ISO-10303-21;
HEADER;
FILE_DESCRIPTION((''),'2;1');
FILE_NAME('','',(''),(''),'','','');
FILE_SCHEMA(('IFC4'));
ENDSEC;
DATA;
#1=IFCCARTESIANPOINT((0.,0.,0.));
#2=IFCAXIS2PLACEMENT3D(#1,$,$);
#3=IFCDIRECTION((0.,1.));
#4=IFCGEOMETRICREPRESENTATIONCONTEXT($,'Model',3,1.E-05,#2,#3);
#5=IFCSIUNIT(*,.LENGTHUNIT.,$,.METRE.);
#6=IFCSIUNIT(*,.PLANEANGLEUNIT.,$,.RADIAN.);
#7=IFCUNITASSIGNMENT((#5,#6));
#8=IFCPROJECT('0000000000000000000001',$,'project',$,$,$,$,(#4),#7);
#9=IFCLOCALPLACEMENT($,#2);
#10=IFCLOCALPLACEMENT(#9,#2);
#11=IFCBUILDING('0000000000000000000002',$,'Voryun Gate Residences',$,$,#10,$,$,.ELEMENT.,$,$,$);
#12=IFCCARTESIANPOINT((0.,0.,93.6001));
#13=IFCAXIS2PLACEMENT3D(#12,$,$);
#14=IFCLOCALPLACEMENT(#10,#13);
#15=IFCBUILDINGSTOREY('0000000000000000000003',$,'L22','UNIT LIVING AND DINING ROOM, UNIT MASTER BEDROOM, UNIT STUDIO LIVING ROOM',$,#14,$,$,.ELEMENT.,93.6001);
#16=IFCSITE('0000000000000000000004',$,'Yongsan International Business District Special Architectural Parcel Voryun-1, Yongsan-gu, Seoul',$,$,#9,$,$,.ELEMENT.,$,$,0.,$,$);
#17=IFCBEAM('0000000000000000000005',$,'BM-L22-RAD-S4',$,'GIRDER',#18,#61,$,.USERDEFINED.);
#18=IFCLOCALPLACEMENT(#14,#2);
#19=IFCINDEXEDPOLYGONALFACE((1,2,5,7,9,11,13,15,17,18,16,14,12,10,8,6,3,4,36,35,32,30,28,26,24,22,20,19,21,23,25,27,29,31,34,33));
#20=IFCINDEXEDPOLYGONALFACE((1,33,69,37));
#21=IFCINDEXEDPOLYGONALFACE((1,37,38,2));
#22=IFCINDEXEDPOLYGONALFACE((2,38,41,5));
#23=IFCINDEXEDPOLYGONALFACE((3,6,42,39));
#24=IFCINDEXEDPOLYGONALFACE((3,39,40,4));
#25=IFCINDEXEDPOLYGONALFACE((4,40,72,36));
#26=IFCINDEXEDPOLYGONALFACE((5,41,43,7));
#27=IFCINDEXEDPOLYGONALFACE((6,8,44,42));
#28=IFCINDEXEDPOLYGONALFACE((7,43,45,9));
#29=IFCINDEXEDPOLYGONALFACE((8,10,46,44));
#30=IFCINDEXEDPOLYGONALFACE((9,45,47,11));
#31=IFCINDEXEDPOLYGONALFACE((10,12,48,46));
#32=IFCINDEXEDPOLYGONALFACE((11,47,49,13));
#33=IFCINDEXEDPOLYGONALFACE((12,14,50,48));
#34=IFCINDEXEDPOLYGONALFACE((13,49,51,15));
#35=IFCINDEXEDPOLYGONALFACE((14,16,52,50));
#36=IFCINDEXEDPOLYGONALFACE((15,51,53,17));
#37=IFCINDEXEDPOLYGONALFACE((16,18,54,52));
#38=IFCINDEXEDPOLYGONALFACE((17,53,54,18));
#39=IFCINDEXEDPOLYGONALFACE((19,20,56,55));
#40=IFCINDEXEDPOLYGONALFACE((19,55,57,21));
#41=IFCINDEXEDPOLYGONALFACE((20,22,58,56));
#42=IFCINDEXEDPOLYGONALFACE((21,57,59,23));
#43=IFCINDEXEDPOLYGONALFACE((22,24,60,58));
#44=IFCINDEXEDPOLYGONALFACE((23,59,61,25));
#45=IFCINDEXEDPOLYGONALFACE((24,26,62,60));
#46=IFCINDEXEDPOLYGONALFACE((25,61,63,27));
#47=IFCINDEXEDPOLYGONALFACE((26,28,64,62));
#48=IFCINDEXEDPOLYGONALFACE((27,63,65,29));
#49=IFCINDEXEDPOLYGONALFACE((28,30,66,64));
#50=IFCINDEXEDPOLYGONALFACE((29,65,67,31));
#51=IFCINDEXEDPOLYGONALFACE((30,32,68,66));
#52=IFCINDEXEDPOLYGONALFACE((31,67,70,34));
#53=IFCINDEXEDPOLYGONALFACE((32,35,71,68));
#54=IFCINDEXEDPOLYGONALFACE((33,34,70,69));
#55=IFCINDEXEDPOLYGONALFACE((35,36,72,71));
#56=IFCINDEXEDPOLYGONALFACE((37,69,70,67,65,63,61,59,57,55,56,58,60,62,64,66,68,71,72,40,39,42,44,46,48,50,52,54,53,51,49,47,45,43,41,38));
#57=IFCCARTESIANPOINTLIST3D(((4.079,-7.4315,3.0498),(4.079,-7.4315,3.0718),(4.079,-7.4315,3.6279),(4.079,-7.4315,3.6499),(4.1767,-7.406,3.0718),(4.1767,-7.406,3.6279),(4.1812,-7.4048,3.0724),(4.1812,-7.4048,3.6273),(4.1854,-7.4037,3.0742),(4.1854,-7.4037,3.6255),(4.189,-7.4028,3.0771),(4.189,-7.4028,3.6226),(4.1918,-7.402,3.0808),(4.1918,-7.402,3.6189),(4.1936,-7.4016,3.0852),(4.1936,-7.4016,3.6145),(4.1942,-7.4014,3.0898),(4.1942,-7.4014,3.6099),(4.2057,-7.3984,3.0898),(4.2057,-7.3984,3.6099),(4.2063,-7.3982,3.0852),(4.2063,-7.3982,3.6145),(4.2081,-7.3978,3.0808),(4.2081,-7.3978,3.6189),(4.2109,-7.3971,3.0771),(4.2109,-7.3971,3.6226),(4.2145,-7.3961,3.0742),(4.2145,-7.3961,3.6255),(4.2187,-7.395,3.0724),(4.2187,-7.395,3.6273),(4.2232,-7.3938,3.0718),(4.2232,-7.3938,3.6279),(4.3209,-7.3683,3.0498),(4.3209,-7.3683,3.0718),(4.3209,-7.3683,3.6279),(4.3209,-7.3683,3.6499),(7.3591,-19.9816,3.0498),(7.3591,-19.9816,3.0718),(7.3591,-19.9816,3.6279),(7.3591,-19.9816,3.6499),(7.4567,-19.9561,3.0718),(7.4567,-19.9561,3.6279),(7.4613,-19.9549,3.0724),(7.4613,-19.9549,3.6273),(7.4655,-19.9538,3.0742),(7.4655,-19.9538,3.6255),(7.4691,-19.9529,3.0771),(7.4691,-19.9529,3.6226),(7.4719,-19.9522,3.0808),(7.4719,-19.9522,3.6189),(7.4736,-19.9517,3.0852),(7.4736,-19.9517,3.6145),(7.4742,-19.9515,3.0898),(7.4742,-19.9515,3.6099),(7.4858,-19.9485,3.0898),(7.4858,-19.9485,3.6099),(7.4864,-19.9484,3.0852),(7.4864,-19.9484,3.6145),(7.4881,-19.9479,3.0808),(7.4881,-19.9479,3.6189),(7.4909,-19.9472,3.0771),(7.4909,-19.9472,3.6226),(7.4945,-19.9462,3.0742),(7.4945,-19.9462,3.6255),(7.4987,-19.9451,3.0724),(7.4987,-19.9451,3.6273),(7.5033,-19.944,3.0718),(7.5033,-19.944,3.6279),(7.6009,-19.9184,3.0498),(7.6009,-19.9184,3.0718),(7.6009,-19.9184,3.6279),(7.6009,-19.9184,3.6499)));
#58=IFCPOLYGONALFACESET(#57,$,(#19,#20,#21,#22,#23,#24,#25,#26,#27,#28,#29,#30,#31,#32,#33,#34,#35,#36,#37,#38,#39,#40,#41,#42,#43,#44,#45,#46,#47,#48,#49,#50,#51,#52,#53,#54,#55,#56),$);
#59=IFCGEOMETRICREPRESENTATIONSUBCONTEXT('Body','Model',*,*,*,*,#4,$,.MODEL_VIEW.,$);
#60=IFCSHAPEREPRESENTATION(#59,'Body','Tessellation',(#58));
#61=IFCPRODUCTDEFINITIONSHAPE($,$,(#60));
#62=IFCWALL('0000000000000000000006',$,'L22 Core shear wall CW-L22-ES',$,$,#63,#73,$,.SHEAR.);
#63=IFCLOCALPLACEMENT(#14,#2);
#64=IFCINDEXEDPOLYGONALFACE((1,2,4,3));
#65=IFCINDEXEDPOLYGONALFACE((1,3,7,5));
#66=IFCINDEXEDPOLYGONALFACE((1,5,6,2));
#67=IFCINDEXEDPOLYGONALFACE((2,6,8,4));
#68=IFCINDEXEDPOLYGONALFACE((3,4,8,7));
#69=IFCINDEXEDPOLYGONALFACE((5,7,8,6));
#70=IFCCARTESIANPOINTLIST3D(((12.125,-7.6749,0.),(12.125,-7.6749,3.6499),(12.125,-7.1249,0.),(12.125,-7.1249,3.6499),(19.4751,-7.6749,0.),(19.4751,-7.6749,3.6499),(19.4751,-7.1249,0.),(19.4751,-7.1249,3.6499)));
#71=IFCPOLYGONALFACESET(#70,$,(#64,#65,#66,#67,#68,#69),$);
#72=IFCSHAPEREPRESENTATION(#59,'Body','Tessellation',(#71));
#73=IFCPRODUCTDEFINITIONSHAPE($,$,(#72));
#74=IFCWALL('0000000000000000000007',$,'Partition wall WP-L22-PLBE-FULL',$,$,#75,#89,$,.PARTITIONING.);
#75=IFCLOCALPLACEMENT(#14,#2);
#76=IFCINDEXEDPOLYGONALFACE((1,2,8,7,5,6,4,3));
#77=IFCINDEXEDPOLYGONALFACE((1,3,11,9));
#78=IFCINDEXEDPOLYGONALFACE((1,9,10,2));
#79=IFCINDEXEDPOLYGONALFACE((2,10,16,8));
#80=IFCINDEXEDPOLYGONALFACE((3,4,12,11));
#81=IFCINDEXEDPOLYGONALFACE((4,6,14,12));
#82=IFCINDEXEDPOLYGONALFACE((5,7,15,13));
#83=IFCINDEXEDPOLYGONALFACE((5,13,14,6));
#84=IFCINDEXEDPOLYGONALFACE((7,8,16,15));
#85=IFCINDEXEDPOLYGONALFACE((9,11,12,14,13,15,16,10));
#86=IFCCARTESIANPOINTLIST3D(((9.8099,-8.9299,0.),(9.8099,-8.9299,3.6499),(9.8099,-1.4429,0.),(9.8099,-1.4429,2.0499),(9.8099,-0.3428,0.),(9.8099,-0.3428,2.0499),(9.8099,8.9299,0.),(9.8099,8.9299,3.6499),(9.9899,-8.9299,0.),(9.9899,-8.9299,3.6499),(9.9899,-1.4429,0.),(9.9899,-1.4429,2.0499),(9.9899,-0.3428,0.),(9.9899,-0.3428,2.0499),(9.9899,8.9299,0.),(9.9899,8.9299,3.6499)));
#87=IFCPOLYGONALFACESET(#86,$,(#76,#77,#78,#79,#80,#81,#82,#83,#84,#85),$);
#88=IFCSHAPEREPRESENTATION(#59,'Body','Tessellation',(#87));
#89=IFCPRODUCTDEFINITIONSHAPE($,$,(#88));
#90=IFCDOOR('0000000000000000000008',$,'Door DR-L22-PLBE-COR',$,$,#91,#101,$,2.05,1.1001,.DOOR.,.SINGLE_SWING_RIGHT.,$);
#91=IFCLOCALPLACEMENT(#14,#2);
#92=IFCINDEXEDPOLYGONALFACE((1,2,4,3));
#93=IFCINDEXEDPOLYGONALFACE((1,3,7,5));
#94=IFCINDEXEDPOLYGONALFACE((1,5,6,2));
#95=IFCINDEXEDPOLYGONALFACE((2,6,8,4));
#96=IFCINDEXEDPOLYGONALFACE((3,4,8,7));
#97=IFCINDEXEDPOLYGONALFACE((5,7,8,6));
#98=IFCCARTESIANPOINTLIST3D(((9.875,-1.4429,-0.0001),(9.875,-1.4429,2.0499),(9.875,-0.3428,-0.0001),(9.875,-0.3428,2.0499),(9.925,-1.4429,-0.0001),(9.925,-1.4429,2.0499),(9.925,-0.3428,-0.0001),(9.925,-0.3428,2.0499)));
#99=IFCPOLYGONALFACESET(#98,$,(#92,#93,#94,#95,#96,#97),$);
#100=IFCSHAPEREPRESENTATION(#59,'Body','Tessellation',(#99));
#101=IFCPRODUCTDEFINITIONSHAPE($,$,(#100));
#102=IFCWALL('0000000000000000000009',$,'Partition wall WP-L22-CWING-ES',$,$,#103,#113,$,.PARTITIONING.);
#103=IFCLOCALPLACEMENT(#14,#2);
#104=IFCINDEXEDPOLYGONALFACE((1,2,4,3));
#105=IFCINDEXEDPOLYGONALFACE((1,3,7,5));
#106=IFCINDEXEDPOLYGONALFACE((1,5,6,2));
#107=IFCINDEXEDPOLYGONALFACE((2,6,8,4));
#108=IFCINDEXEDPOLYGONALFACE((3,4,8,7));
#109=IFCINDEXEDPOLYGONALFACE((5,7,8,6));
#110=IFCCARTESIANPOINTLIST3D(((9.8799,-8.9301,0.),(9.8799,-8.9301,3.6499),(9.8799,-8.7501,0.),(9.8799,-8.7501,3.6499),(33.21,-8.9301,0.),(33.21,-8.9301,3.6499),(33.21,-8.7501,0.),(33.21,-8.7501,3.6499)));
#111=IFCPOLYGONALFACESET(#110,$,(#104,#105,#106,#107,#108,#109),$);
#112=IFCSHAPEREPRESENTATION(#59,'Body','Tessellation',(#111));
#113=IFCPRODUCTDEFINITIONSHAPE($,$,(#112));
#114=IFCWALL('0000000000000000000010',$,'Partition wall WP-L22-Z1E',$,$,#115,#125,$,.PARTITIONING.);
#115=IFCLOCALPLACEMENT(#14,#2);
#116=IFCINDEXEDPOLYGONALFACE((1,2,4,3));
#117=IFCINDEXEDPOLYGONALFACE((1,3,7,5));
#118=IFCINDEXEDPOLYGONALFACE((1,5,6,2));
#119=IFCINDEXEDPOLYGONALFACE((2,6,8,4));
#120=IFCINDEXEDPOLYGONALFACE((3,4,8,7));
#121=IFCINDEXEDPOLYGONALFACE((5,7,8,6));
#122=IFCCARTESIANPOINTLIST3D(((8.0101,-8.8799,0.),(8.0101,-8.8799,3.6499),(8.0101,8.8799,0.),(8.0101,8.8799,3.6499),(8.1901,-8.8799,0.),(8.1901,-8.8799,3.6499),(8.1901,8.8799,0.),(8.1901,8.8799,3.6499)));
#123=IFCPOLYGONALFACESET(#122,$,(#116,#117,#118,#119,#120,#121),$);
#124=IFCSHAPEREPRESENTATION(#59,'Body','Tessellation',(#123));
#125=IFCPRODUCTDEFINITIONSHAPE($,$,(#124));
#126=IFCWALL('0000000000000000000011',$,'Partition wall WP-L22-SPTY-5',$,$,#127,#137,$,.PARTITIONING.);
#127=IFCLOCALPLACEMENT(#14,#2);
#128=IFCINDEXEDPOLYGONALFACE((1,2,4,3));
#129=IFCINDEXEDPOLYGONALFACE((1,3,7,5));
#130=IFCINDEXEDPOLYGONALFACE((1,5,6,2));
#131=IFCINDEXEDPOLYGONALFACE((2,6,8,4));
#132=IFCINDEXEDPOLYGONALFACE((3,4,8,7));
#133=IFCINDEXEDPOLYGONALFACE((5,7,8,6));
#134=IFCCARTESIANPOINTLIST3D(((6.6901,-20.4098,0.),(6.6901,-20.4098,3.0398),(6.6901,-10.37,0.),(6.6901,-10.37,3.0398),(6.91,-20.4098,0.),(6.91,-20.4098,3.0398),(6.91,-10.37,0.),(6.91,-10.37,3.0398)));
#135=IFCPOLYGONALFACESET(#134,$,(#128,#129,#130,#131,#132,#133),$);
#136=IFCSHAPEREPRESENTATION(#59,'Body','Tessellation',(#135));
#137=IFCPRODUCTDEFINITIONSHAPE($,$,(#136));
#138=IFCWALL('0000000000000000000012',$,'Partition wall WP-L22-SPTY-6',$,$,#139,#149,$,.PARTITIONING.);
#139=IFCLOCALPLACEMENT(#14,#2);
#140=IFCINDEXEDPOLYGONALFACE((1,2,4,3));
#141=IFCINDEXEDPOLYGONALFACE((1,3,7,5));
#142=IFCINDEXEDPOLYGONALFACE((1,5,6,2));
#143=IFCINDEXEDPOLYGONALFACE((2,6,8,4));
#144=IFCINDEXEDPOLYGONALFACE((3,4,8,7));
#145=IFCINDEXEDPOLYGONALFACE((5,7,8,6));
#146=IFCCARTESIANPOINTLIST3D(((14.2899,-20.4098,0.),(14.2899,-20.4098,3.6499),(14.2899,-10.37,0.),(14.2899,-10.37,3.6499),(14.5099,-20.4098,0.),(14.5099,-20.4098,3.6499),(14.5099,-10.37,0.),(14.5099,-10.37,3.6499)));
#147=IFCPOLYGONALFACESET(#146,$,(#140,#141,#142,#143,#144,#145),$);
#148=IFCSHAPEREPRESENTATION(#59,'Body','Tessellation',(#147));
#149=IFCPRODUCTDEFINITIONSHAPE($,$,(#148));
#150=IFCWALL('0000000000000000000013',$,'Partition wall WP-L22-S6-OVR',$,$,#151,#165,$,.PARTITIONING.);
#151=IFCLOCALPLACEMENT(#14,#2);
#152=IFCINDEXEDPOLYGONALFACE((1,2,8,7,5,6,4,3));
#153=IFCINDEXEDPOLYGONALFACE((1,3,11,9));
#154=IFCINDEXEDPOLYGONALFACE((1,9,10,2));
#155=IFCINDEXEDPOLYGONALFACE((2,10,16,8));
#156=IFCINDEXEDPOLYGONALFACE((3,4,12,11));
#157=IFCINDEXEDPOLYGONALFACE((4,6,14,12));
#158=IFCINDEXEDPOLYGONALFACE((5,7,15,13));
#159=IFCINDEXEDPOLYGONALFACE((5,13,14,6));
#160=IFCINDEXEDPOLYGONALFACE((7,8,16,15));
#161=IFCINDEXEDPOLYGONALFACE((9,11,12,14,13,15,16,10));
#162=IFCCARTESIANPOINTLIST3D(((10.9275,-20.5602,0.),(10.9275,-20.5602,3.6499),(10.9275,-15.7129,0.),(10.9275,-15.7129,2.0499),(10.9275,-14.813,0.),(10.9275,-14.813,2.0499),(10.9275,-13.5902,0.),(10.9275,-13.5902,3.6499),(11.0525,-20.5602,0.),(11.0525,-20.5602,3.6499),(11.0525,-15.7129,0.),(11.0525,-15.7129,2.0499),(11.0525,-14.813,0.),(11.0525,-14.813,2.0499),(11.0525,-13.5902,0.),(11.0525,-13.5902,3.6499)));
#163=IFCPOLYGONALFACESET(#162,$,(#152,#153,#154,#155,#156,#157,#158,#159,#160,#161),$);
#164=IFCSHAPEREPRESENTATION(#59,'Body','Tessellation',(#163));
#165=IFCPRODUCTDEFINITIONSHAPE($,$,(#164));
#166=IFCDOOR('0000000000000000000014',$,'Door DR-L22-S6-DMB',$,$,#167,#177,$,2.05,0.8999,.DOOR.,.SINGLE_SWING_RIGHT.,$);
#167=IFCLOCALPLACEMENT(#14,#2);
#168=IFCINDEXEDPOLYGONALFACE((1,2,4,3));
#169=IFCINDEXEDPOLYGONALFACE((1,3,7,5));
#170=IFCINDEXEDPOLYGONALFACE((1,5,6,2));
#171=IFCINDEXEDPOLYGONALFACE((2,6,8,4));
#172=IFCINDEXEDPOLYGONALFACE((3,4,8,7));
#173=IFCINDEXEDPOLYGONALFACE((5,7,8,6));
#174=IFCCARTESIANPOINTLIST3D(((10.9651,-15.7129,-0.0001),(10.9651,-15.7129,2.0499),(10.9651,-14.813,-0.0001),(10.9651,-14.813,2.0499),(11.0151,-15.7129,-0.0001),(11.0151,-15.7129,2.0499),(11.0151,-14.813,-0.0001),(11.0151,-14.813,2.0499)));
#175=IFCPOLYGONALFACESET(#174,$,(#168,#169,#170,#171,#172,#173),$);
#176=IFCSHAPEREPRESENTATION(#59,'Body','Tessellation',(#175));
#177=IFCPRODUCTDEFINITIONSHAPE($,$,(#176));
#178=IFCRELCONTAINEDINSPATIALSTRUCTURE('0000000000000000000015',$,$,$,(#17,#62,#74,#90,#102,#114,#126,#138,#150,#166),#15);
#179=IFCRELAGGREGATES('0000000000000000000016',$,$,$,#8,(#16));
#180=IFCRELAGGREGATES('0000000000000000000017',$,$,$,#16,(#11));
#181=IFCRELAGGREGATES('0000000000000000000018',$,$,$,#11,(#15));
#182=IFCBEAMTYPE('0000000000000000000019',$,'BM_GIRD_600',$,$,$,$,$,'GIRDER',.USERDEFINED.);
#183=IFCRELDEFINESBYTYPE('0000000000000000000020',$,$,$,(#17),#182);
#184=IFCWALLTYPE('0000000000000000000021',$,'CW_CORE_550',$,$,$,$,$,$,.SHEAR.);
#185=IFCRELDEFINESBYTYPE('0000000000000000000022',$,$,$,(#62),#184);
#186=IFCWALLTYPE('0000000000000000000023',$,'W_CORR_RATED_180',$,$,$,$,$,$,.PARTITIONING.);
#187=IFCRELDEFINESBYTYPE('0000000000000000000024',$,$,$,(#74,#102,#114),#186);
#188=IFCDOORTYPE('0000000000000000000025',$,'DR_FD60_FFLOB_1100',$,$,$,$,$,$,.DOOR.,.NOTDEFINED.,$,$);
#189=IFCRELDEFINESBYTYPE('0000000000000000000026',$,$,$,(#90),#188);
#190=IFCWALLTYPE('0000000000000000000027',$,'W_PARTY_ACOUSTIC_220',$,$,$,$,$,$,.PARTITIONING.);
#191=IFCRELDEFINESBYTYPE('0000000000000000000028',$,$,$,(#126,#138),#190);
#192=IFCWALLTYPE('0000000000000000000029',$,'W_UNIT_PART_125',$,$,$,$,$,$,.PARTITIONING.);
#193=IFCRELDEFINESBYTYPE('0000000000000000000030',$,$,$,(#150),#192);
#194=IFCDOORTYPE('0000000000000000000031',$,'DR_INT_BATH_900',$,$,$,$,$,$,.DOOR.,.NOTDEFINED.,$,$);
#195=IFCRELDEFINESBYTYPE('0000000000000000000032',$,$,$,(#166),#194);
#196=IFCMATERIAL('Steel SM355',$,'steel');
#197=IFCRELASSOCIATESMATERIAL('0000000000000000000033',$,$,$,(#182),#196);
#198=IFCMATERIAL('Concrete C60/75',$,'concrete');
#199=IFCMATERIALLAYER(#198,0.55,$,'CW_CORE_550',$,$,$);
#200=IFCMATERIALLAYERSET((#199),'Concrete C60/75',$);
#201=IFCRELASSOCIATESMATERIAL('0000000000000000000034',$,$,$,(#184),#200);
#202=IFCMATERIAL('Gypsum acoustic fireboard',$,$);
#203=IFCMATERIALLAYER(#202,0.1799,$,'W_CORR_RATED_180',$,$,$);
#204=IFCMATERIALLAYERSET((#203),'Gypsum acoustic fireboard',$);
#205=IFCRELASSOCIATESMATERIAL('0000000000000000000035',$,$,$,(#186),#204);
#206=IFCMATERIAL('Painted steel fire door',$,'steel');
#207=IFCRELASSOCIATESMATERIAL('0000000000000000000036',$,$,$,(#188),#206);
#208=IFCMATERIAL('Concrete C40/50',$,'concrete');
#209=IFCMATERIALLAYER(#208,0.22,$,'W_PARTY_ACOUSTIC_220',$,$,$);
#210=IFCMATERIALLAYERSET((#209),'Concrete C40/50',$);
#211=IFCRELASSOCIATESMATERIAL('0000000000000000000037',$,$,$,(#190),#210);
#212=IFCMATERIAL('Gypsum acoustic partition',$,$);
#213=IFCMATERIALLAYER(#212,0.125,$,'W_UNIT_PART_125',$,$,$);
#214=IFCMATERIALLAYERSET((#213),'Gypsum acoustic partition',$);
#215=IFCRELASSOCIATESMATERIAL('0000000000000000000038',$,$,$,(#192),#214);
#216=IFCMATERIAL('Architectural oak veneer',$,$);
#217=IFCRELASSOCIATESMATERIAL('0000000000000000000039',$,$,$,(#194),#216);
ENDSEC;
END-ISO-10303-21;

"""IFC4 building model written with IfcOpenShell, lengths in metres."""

from ifc_helpers import new_model, si_unit, direction, frame, frame_2d, origin, origin_2d, place, context, subcontext, project, spatial, rectangle, i_section, extrude, material, layer, layer_set, material_profile, profile_set, type_object, element, fill, save


model = new_model("IFC4")

# Units and contexts
model_context = context("Model", 3, precision=1e-05, world=origin(), true_north=direction((0.0, 1.0)))
body_context = subcontext(model_context, "Body", "Model", "MODEL_VIEW")
ifc_project = project(units=[si_unit("LENGTHUNIT", "METRE"), si_unit("PLANEANGLEUNIT", "RADIAN")], contexts=[model_context])

# Site, building, storey
site_placement = place(None, origin())
site = spatial("IfcSite", under=ifc_project, at=site_placement, Name="Yongsan International Business District Special Architectural Parcel Voryun-1, Yongsan-gu, Seoul", CompositionType="ELEMENT", RefElevation=0.0)
building_placement = place(site_placement, origin())
building = spatial("IfcBuilding", under=site, at=building_placement, Name="Voryun Gate Residences", CompositionType="ELEMENT")
storey_placement = place(building_placement, frame((0.0, 0.0, 93.6001)))
storey = spatial("IfcBuildingStorey", under=building, at=storey_placement, Name="L22", Description="UNIT LIVING AND DINING ROOM, UNIT MASTER BEDROOM, UNIT STUDIO LIVING ROOM", CompositionType="ELEMENT", Elevation=93.6001)

# Beam
ifc_material_1 = material(Name="Steel SM355", Category="steel")
ifc_material_profile_1 = material_profile(ifc_material_1, i_section(OverallWidth=0.25, OverallDepth=0.6001, WebThickness=0.012, FlangeThickness=0.022, FilletRadius=0.0181, at=origin_2d()), Name="H-600x250x12x22")
ifc_profile_set_1 = profile_set([ifc_material_profile_1], Name="Steel SM355")
beam_type_1 = type_object("IfcBeamType", Name="BM_GIRD_600", ElementType="GIRDER", PredefinedType="USERDEFINED", material=ifc_profile_set_1)
beam_1_placement = place(storey_placement, frame((4.2, -7.3999, 3.3499), z_axis=(0.252862, -0.967502, 0.0), x_axis=(0.967502, 0.252862, 0.0)))
element("IfcBeam", 1, at=beam_1_placement, inside=storey, type_object=beam_type_1, Name="BM-L22-RAD-S4", ObjectType="GIRDER", PredefinedType="USERDEFINED", context=body_context, shape_type="SweptSolid", body=[
    extrude(i_section(OverallWidth=0.25, OverallDepth=0.6001, WebThickness=0.012, FlangeThickness=0.022, FilletRadius=0.0181, at=origin_2d()), origin(), (0.0, 0.0, 1.0), 12.9717),
])

# Wall
ifc_material_2 = material(Name="Concrete C60/75", Category="concrete")
ifc_layer_1 = layer(ifc_material_2, 0.55, Name="CW_CORE_550")
ifc_layer_set_1 = layer_set([ifc_layer_1], Name="Concrete C60/75")
wall_type_1 = type_object("IfcWallType", Name="CW_CORE_550", PredefinedType="SHEAR", material=ifc_layer_set_1)
wall_1_placement = place(storey_placement, frame((12.125, -7.3999, 0.0), z_axis=(0.0, 0.0, 1.0), x_axis=(1.0, 0.0, 0.0)))
element("IfcWall", 2, at=wall_1_placement, inside=storey, type_object=wall_type_1, Name="L22 Core shear wall CW-L22-ES", PredefinedType="SHEAR", context=body_context, shape_type="SweptSolid", body=[
    extrude(rectangle(XDim=7.3501, YDim=0.55, at=frame_2d((3.675, 0.0))), origin(), (0.0, 0.0, 1.0), 3.6499),
])

# Wall, opening, door
ifc_material_3 = material(Name="Gypsum acoustic fireboard")
ifc_layer_2 = layer(ifc_material_3, 0.1799, Name="W_CORR_RATED_180")
ifc_layer_set_2 = layer_set([ifc_layer_2], Name="Gypsum acoustic fireboard")
wall_type_2 = type_object("IfcWallType", Name="W_CORR_RATED_180", PredefinedType="PARTITIONING", material=ifc_layer_set_2)
wall_2_placement = place(storey_placement, frame((9.8999, -8.9299, 0.0), z_axis=(0.0, 0.0, 1.0), x_axis=(0.0, 1.0, 0.0)))
wall_2 = element("IfcWall", 3, at=wall_2_placement, inside=storey, type_object=wall_type_2, Name="Partition wall WP-L22-PLBE-FULL", PredefinedType="PARTITIONING", context=body_context, shape_type="SweptSolid", body=[
    extrude(rectangle(XDim=17.8599, YDim=0.1799, at=frame_2d((8.9299, 0.0))), origin(), (0.0, 0.0, 1.0), 3.6499),
])
opening_1_placement = place(wall_2_placement, frame((7.4871, 0.0, 0.0)))
opening_1 = element("IfcOpeningElement", 4, at=opening_1_placement, cuts=wall_2, PredefinedType="OPENING", context=body_context, shape_type="SweptSolid", body=[
    extrude(rectangle(XDim=1.1001, YDim=2.05, at=frame_2d((0.55, 1.0249))), frame((0.0, 0.0999, 0.0), z_axis=(0.0, -1.0, 0.0), x_axis=(1.0, 0.0, 0.0)), (0.0, 0.0, 1.0), 0.2),
])
ifc_material_4 = material(Name="Painted steel fire door", Category="steel")
door_type_1 = type_object("IfcDoorType", Name="DR_FD60_FFLOB_1100", OperationType="NOTDEFINED", PredefinedType="DOOR", material=ifc_material_4)
door_1_placement = place(opening_1_placement, origin())
door_1 = element("IfcDoor", 5, at=door_1_placement, inside=storey, type_object=door_type_1, Name="Door DR-L22-PLBE-COR", OperationType="SINGLE_SWING_RIGHT", OverallHeight=2.05, OverallWidth=1.1001, PredefinedType="DOOR", context=body_context, shape_type="SweptSolid", body=[
    extrude(rectangle(XDim=1.1001, YDim=2.05, at=frame_2d((0.55, 1.0249))), frame((0.0, 0.0249, 0.0), z_axis=(0.0, -1.0, 0.0), x_axis=(1.0, 0.0, 0.0)), (0.0, 0.0, 1.0), 0.05),
])
fill(opening_1, door_1)

# Walls
wall_3_placement = place(storey_placement, frame((9.8799, -8.8401, 0.0), z_axis=(0.0, 0.0, 1.0), x_axis=(1.0, 0.0, 0.0)))
element("IfcWall", 6, at=wall_3_placement, inside=storey, type_object=wall_type_2, Name="Partition wall WP-L22-CWING-ES", PredefinedType="PARTITIONING", context=body_context, shape_type="SweptSolid", body=[
    extrude(rectangle(XDim=23.3301, YDim=0.1799, at=frame_2d((11.665, 0.0))), origin(), (0.0, 0.0, 1.0), 3.6499),
])
wall_4_placement = place(storey_placement, frame((8.1001, -8.8799, 0.0), z_axis=(0.0, 0.0, 1.0), x_axis=(0.0, 1.0, 0.0)))
element("IfcWall", 7, at=wall_4_placement, inside=storey, type_object=wall_type_2, Name="Partition wall WP-L22-Z1E", PredefinedType="PARTITIONING", context=body_context, shape_type="SweptSolid", body=[
    extrude(rectangle(XDim=17.7598, YDim=0.1799, at=frame_2d((8.8799, 0.0))), origin(), (0.0, 0.0, 1.0), 3.6499),
])
ifc_material_5 = material(Name="Concrete C40/50", Category="concrete")
ifc_layer_3 = layer(ifc_material_5, 0.22, Name="W_PARTY_ACOUSTIC_220")
ifc_layer_set_3 = layer_set([ifc_layer_3], Name="Concrete C40/50")
wall_type_3 = type_object("IfcWallType", Name="W_PARTY_ACOUSTIC_220", PredefinedType="PARTITIONING", material=ifc_layer_set_3)
wall_5_placement = place(storey_placement, frame((6.8, -20.4099, 0.0), z_axis=(0.0, 0.0, 1.0), x_axis=(0.0, 1.0, 0.0)))
element("IfcWall", 8, at=wall_5_placement, inside=storey, type_object=wall_type_3, Name="Partition wall WP-L22-SPTY-5", PredefinedType="PARTITIONING", context=body_context, shape_type="SweptSolid", body=[
    extrude(rectangle(XDim=10.0398, YDim=0.22, at=frame_2d((5.02, 0.0))), origin(), (0.0, 0.0, 1.0), 3.0398),
])
wall_6_placement = place(storey_placement, frame((14.3999, -20.4099, 0.0), z_axis=(0.0, 0.0, 1.0), x_axis=(0.0, 1.0, 0.0)))
element("IfcWall", 9, at=wall_6_placement, inside=storey, type_object=wall_type_3, Name="Partition wall WP-L22-SPTY-6", PredefinedType="PARTITIONING", context=body_context, shape_type="SweptSolid", body=[
    extrude(rectangle(XDim=10.0398, YDim=0.22, at=frame_2d((5.02, 0.0))), origin(), (0.0, 0.0, 1.0), 3.6499),
])

# Wall, opening, door
ifc_material_6 = material(Name="Gypsum acoustic partition")
ifc_layer_4 = layer(ifc_material_6, 0.125, Name="W_UNIT_PART_125")
ifc_layer_set_4 = layer_set([ifc_layer_4], Name="Gypsum acoustic partition")
wall_type_4 = type_object("IfcWallType", Name="W_UNIT_PART_125", PredefinedType="PARTITIONING", material=ifc_layer_set_4)
wall_7_placement = place(storey_placement, frame((10.99, -20.5601, 0.0), z_axis=(0.0, 0.0, 1.0), x_axis=(0.0, 1.0, 0.0)))
wall_7 = element("IfcWall", 10, at=wall_7_placement, inside=storey, type_object=wall_type_4, Name="Partition wall WP-L22-S6-OVR", PredefinedType="PARTITIONING", context=body_context, shape_type="SweptSolid", body=[
    extrude(rectangle(XDim=6.97, YDim=0.125, at=frame_2d((3.4849, 0.0))), origin(), (0.0, 0.0, 1.0), 3.6499),
])
opening_2_placement = place(wall_7_placement, frame((4.8472, 0.0, 0.0)))
opening_2 = element("IfcOpeningElement", 11, at=opening_2_placement, cuts=wall_7, PredefinedType="OPENING", context=body_context, shape_type="SweptSolid", body=[
    extrude(rectangle(XDim=0.8999, YDim=2.05, at=frame_2d((0.45, 1.0249))), frame((0.0, 0.0725, 0.0), z_axis=(0.0, -1.0, 0.0), x_axis=(1.0, 0.0, 0.0)), (0.0, 0.0, 1.0), 0.145),
])
ifc_material_7 = material(Name="Architectural oak veneer")
door_type_2 = type_object("IfcDoorType", Name="DR_INT_BATH_900", OperationType="NOTDEFINED", PredefinedType="DOOR", material=ifc_material_7)
door_2_placement = place(opening_2_placement, origin())
door_2 = element("IfcDoor", 12, at=door_2_placement, inside=storey, type_object=door_type_2, Name="Door DR-L22-S6-DMB", OperationType="SINGLE_SWING_RIGHT", OverallHeight=2.05, OverallWidth=0.8999, PredefinedType="DOOR", context=body_context, shape_type="SweptSolid", body=[
    extrude(rectangle(XDim=0.8999, YDim=2.05, at=frame_2d((0.45, 1.0249))), frame((0.0, 0.0249, 0.0), z_axis=(0.0, -1.0, 0.0), x_axis=(1.0, 0.0, 0.0)), (0.0, 0.0, 1.0), 0.05),
])
fill(opening_2, door_2)

save(model, "model.ifc")
